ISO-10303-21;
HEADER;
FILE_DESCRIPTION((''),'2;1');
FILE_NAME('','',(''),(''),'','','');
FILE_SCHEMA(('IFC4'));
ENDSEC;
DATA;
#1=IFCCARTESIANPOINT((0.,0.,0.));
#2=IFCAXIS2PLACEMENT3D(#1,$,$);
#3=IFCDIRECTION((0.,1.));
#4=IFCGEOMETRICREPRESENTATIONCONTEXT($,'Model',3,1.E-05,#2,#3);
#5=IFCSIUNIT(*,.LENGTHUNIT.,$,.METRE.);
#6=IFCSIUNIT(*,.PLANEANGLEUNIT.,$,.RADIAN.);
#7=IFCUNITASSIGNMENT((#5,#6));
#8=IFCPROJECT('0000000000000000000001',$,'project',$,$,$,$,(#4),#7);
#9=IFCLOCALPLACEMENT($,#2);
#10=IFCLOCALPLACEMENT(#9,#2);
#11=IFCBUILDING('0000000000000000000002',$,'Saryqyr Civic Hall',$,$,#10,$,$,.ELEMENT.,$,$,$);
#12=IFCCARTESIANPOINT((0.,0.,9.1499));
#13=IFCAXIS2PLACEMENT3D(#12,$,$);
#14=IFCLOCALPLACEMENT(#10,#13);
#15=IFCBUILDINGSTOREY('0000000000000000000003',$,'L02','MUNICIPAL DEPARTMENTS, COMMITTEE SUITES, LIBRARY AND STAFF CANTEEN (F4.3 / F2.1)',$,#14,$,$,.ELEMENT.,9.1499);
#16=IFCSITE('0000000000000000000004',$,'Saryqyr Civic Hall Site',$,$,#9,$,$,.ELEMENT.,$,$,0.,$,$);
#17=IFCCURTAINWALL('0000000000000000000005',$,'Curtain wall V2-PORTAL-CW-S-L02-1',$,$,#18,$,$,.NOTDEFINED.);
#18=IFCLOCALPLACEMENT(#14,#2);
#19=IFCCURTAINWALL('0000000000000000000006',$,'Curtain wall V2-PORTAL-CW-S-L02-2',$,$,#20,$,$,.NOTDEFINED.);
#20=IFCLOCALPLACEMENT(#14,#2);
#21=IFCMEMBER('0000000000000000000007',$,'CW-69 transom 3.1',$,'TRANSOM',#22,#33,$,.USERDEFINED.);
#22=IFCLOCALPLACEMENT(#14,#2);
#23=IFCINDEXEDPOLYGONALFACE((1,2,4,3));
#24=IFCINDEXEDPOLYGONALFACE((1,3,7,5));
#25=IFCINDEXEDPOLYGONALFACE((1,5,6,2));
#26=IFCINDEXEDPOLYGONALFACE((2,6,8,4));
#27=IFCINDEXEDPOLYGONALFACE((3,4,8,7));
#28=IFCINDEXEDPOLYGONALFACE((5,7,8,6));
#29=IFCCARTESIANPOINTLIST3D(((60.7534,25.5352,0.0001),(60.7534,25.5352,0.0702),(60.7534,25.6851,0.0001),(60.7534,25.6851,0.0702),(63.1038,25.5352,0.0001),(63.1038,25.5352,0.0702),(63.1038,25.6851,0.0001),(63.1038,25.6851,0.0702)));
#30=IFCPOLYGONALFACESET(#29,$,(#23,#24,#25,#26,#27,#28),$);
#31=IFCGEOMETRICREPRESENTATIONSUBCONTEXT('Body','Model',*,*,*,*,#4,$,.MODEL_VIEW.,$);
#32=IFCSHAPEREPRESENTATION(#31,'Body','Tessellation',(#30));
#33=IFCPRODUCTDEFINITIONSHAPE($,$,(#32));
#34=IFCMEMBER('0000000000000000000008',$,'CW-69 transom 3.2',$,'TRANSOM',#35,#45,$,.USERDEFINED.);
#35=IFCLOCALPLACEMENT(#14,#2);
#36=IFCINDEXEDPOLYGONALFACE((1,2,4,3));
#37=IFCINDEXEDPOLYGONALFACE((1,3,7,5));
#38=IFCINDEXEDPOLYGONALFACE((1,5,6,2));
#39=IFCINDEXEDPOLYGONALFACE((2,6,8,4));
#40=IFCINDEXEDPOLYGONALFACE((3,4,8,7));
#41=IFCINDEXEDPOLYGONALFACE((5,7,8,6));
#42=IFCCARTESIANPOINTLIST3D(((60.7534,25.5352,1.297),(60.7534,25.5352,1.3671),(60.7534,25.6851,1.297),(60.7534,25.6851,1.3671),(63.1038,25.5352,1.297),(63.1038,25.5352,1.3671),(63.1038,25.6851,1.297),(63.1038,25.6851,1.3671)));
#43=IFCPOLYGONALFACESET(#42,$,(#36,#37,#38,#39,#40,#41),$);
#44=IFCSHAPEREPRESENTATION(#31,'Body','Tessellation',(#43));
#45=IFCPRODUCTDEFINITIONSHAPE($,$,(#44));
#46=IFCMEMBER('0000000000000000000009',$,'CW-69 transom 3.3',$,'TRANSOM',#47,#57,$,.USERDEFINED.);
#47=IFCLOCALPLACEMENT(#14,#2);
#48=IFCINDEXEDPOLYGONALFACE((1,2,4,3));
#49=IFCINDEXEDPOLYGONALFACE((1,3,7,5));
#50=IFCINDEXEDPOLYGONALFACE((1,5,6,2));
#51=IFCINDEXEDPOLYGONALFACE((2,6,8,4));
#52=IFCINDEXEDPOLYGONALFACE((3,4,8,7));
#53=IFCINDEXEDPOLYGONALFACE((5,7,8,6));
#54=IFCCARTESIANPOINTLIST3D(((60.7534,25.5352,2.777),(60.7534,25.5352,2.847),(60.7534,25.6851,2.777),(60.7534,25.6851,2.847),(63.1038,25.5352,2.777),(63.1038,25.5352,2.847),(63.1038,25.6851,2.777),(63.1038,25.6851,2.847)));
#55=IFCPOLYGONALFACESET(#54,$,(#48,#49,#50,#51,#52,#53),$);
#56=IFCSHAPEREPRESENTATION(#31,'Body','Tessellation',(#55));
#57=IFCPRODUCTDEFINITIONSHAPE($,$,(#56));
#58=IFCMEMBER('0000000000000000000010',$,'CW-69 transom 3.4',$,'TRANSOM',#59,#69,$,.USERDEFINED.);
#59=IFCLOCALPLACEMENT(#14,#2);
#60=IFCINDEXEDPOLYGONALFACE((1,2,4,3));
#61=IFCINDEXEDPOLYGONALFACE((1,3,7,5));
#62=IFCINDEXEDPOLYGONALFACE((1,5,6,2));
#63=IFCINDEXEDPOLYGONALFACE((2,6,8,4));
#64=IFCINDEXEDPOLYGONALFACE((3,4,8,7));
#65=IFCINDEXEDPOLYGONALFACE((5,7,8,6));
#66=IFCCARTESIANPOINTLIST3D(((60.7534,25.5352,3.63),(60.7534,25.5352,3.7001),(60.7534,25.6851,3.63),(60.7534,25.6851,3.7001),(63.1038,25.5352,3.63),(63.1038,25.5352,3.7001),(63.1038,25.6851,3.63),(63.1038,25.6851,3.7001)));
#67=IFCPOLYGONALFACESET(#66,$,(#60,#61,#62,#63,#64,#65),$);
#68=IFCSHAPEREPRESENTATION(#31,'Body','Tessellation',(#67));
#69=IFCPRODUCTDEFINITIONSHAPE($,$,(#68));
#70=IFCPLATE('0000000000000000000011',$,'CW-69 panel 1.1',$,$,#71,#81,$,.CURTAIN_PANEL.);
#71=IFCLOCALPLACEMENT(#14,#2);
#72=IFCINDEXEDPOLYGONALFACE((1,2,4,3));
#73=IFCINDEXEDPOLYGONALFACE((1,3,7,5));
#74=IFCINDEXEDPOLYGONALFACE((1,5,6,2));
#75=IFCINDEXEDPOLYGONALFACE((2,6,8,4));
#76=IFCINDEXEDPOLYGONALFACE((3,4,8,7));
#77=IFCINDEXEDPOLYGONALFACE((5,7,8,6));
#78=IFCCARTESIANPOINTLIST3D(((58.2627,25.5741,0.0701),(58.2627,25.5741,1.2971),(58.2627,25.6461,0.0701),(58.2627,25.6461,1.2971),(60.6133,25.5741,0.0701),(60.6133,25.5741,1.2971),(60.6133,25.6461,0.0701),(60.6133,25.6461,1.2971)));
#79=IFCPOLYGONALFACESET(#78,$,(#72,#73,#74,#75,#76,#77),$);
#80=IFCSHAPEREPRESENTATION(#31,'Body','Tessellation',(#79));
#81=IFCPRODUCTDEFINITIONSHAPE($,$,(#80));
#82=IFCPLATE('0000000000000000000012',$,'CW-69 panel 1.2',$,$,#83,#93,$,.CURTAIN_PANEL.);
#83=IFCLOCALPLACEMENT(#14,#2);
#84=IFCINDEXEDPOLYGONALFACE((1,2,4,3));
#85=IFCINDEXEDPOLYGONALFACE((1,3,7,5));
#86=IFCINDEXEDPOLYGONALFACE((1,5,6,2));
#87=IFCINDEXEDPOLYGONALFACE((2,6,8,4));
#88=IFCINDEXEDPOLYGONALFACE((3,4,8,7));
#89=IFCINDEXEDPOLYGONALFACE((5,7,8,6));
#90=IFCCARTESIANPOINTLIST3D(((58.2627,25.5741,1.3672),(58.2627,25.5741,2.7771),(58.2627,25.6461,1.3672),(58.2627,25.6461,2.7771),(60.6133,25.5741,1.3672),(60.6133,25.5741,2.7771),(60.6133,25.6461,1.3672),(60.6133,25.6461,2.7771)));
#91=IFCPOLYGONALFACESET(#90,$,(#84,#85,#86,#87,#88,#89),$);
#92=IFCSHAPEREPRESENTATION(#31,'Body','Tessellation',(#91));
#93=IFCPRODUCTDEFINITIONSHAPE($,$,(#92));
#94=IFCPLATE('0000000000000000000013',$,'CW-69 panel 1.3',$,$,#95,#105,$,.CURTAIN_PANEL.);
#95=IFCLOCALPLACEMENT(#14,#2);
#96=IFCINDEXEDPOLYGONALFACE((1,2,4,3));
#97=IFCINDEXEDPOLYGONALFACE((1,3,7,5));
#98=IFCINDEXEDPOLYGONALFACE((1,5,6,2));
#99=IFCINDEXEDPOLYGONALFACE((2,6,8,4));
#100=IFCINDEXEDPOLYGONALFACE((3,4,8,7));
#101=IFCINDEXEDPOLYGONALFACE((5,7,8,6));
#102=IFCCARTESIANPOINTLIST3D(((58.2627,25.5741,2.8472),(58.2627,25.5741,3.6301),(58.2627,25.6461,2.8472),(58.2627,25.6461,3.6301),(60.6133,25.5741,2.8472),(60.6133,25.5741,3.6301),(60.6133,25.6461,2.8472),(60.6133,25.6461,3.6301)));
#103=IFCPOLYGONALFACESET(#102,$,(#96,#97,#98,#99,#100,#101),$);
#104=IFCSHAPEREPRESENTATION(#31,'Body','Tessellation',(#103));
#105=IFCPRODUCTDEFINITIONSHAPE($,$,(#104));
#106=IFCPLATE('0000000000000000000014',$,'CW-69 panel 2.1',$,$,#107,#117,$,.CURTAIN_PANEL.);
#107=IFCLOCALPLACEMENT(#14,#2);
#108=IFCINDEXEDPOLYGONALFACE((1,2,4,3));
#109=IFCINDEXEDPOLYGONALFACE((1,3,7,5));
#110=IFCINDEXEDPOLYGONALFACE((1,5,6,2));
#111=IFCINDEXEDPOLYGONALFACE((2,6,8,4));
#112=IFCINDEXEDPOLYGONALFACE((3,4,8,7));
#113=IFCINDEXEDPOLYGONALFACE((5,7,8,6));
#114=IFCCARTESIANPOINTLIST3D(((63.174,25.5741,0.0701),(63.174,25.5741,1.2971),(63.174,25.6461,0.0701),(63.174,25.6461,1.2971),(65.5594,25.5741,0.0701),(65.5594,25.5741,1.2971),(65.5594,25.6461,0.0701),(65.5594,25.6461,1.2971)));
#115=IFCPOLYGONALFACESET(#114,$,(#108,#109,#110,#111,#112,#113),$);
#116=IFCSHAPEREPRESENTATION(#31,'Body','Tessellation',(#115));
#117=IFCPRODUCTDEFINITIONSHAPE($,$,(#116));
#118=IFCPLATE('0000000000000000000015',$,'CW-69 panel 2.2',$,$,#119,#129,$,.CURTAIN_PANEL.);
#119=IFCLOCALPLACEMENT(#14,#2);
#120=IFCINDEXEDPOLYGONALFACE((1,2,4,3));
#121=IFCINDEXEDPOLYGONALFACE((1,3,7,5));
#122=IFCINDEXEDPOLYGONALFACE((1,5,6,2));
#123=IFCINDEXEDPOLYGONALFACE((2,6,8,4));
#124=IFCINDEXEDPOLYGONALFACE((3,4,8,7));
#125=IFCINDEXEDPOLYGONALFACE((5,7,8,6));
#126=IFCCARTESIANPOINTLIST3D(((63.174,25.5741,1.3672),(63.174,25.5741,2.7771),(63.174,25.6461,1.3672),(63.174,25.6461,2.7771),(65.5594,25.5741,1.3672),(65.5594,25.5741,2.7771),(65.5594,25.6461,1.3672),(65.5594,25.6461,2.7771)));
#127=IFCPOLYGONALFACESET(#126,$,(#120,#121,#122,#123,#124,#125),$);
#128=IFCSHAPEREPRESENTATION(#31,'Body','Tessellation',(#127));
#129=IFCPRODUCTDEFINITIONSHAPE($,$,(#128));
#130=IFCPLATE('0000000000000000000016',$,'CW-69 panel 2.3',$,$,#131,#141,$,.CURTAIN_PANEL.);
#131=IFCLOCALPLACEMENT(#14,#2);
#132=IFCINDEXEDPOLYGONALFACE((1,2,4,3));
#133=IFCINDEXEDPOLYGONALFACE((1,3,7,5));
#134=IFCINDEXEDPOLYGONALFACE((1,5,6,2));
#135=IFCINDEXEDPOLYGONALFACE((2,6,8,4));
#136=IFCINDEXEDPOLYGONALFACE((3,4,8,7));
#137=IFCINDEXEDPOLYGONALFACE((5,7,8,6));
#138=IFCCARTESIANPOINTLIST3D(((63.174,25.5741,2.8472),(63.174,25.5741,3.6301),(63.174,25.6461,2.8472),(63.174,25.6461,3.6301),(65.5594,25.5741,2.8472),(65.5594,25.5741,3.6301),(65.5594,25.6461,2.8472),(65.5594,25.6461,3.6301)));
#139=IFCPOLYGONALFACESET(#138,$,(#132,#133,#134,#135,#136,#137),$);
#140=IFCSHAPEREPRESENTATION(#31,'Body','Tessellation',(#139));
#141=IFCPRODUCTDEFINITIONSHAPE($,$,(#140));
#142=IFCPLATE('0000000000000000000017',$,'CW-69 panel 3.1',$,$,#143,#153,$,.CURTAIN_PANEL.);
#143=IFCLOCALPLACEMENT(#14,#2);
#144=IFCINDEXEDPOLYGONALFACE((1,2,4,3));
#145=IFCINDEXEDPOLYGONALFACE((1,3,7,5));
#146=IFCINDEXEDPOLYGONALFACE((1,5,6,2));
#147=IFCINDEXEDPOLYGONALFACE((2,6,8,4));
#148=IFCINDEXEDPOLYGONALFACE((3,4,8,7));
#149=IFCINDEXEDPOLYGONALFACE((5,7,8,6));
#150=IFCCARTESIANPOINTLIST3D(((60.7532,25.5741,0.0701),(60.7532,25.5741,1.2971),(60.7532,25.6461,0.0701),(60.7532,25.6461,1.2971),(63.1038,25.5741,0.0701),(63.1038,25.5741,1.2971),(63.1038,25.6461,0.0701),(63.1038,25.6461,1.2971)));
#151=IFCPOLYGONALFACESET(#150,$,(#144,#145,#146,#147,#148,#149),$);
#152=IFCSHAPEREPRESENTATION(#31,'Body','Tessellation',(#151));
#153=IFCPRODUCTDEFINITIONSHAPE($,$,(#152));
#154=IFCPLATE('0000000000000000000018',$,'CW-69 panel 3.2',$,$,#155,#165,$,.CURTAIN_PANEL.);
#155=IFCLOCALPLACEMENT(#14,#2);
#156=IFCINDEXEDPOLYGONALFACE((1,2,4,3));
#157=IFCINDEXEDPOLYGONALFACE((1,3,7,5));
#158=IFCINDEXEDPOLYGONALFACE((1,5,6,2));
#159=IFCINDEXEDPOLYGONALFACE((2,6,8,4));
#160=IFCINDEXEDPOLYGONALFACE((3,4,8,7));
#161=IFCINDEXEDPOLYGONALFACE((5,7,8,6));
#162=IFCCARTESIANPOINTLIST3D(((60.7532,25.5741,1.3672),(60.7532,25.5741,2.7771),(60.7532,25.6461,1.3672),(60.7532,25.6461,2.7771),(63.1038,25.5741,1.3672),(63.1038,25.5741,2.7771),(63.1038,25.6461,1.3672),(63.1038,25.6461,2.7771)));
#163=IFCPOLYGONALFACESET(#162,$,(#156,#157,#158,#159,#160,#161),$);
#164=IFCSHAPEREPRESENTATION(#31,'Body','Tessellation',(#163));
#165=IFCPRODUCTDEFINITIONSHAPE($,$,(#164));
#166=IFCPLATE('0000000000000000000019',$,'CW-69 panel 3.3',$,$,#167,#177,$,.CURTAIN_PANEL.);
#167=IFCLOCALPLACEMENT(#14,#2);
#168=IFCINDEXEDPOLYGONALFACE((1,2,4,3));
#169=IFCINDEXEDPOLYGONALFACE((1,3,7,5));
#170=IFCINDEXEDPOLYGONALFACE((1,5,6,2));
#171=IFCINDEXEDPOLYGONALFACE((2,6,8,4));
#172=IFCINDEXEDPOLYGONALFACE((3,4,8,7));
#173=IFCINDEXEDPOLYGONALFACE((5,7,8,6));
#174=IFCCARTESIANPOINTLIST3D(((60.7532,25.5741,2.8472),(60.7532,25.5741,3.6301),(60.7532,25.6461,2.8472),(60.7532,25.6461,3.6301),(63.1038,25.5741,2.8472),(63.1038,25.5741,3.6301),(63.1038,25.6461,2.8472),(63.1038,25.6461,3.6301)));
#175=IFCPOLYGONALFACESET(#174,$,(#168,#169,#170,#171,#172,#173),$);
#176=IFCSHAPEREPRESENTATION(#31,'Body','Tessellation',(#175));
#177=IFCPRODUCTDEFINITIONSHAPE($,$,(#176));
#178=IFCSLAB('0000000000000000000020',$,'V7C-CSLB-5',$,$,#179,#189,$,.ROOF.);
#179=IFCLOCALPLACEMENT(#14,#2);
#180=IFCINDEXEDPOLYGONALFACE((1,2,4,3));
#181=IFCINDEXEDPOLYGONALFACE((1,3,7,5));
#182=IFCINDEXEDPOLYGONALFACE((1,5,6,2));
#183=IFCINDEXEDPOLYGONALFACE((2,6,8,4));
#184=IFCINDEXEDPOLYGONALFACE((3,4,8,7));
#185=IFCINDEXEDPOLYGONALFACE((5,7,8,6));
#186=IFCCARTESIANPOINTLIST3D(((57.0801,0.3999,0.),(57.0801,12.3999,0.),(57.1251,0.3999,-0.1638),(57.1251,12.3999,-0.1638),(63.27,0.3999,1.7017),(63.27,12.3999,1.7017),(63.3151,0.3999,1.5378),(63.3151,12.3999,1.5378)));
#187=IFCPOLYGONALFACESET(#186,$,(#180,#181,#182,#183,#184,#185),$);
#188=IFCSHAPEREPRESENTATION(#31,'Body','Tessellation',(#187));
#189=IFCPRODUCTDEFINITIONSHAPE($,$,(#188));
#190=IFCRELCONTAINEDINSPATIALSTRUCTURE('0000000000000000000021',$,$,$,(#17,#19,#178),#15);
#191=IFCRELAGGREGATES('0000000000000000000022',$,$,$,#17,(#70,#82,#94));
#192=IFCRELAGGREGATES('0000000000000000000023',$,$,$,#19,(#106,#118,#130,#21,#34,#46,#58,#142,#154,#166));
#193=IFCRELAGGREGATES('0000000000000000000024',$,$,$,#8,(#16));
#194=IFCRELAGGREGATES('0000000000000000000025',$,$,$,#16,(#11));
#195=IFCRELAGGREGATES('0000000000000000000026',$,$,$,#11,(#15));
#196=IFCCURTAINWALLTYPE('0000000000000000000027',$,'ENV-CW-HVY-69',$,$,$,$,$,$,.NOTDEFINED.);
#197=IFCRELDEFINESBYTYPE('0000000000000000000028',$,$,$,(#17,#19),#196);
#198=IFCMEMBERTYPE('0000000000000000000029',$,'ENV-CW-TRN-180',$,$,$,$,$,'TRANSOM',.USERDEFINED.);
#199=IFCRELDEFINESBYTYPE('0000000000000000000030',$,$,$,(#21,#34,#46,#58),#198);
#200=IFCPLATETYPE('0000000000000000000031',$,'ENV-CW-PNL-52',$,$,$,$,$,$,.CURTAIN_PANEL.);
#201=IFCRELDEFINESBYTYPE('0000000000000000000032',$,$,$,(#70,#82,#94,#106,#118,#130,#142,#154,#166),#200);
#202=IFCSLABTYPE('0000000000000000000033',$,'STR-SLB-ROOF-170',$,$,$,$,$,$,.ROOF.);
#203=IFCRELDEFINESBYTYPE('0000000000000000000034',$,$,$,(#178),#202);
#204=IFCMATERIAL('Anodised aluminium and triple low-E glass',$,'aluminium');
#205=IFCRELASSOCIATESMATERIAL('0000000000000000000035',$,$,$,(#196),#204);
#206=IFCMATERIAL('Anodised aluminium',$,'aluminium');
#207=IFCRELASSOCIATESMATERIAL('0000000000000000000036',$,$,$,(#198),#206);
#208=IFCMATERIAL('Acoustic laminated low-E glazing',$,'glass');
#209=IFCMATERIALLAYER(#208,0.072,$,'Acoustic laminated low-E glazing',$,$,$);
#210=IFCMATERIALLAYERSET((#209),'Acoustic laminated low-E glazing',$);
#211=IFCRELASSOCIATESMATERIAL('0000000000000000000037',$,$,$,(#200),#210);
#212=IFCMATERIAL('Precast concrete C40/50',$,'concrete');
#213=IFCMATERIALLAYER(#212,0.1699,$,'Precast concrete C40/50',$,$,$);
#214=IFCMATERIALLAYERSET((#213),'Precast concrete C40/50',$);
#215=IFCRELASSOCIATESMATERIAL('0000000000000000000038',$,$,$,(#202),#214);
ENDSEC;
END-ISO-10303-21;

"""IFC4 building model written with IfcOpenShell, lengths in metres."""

from ifc_helpers import new_model, si_unit, direction, frame, origin, origin_2d, place, context, subcontext, project, spatial, polyline, rectangle, outline, extrude, material, layer, layer_set, material_profile, profile_set, type_object, element, aggregate, save


model = new_model("IFC4")

# Units and contexts
model_context = context("Model", 3, precision=1e-05, world=origin(), true_north=direction((0.0, 1.0)))
body_context = subcontext(model_context, "Body", "Model", "MODEL_VIEW")
ifc_project = project(units=[si_unit("LENGTHUNIT", "METRE"), si_unit("PLANEANGLEUNIT", "RADIAN")], contexts=[model_context])

# Site, building, storey
site_placement = place(None, origin())
site = spatial("IfcSite", under=ifc_project, at=site_placement, Name="Saryqyr Civic Hall Site", CompositionType="ELEMENT", RefElevation=0.0)
building_placement = place(site_placement, origin())
building = spatial("IfcBuilding", under=site, at=building_placement, Name="Saryqyr Civic Hall", CompositionType="ELEMENT")
storey_placement = place(building_placement, frame((0.0, 0.0, 9.1499)))
storey = spatial("IfcBuildingStorey", under=building, at=storey_placement, Name="L02", Description="MUNICIPAL DEPARTMENTS, COMMITTEE SUITES, LIBRARY AND STAFF CANTEEN (F4.3 / F2.1)", CompositionType="ELEMENT", Elevation=9.1499)

# Curtain walls
ifc_material_1 = material(Name="Anodised aluminium and triple low-E glass", Category="aluminium")
curtain_wall_type = type_object("IfcCurtainWallType", Name="ENV-CW-HVY-69", PredefinedType="NOTDEFINED", material=ifc_material_1)
curtain_wall_1_placement = place(storey_placement, origin())
curtain_wall_1 = element("IfcCurtainWall", 1, at=curtain_wall_1_placement, inside=storey, type_object=curtain_wall_type, Name="Curtain wall V2-PORTAL-CW-S-L02-1", PredefinedType="NOTDEFINED")
ifc_material_2 = material(Name="Anodised aluminium", Category="aluminium")
curtain_wall_2_placement = place(storey_placement, origin())
curtain_wall_2 = element("IfcCurtainWall", 2, at=curtain_wall_2_placement, inside=storey, type_object=curtain_wall_type, Name="Curtain wall V2-PORTAL-CW-S-L02-2", PredefinedType="NOTDEFINED")

# Members
ifc_material_profile_1 = material_profile(ifc_material_2, rectangle(XDim=0.1499, YDim=0.0701, at=origin_2d()), Name="ALU TRANSOM 150x70")
ifc_profile_set_1 = profile_set([ifc_material_profile_1], Name="Anodised aluminium")
member_type_1 = type_object("IfcMemberType", Name="ENV-CW-TRN-180", ElementType="TRANSOM", PredefinedType="USERDEFINED", material=ifc_profile_set_1)
member_1_placement = place(storey_placement, frame((63.1038, 25.6101, 0.0352), z_axis=(-1.0, 0.0, 0.0), x_axis=(0.0, -1.0, 0.0)))
member_1 = element("IfcMember", 3, at=member_1_placement, type_object=member_type_1, Name="CW-69 transom 3.1", ObjectType="TRANSOM", PredefinedType="USERDEFINED", context=body_context, shape_type="SweptSolid", body=[
    extrude(rectangle(XDim=0.1499, YDim=0.0701, at=origin_2d()), origin(), (0.0, 0.0, 1.0), 2.3503),
])
member_2_placement = place(storey_placement, frame((63.1038, 25.6101, 1.332), z_axis=(-1.0, 0.0, 0.0), x_axis=(0.0, -1.0, 0.0)))
member_2 = element("IfcMember", 4, at=member_2_placement, type_object=member_type_1, Name="CW-69 transom 3.2", ObjectType="TRANSOM", PredefinedType="USERDEFINED", context=body_context, shape_type="SweptSolid", body=[
    extrude(rectangle(XDim=0.1499, YDim=0.0701, at=origin_2d()), origin(), (0.0, 0.0, 1.0), 2.3503),
])
member_3_placement = place(storey_placement, frame((63.1038, 25.6101, 2.812), z_axis=(-1.0, 0.0, 0.0), x_axis=(0.0, -1.0, 0.0)))
member_3 = element("IfcMember", 5, at=member_3_placement, type_object=member_type_1, Name="CW-69 transom 3.3", ObjectType="TRANSOM", PredefinedType="USERDEFINED", context=body_context, shape_type="SweptSolid", body=[
    extrude(rectangle(XDim=0.1499, YDim=0.0701, at=origin_2d()), origin(), (0.0, 0.0, 1.0), 2.3503),
])
member_4_placement = place(storey_placement, frame((63.1038, 25.6101, 3.665), z_axis=(-1.0, 0.0, 0.0), x_axis=(0.0, -1.0, 0.0)))
member_4 = element("IfcMember", 6, at=member_4_placement, type_object=member_type_1, Name="CW-69 transom 3.4", ObjectType="TRANSOM", PredefinedType="USERDEFINED", context=body_context, shape_type="SweptSolid", body=[
    extrude(rectangle(XDim=0.1499, YDim=0.0701, at=origin_2d()), origin(), (0.0, 0.0, 1.0), 2.3503),
])

# Plates
ifc_material_3 = material(Name="Acoustic laminated low-E glazing", Category="glass")
ifc_layer_1 = layer(ifc_material_3, 0.072, Name="Acoustic laminated low-E glazing")
ifc_layer_set_1 = layer_set([ifc_layer_1], Name="Acoustic laminated low-E glazing")
plate_type = type_object("IfcPlateType", Name="ENV-CW-PNL-52", PredefinedType="CURTAIN_PANEL", material=ifc_layer_set_1)
plate_1_placement = place(storey_placement, frame((59.438, 25.6101, 0.0701), z_axis=(0.0, 0.0, 1.0), x_axis=(-1.0, 0.0, 0.0)))
plate_1 = element("IfcPlate", 7, at=plate_1_placement, type_object=plate_type, Name="CW-69 panel 1.1", PredefinedType="CURTAIN_PANEL", context=body_context, shape_type="SweptSolid", body=[
    extrude(rectangle(XDim=2.3506, YDim=0.072, at=origin_2d()), origin(), (0.0, 0.0, 1.0), 1.2271),
])
plate_2_placement = place(storey_placement, frame((59.438, 25.6101, 1.3672), z_axis=(0.0, 0.0, 1.0), x_axis=(-1.0, 0.0, 0.0)))
plate_2 = element("IfcPlate", 8, at=plate_2_placement, type_object=plate_type, Name="CW-69 panel 1.2", PredefinedType="CURTAIN_PANEL", context=body_context, shape_type="SweptSolid", body=[
    extrude(rectangle(XDim=2.3506, YDim=0.072, at=origin_2d()), origin(), (0.0, 0.0, 1.0), 1.4099),
])
plate_3_placement = place(storey_placement, frame((59.438, 25.6101, 2.8472), z_axis=(0.0, 0.0, 1.0), x_axis=(-1.0, 0.0, 0.0)))
plate_3 = element("IfcPlate", 9, at=plate_3_placement, type_object=plate_type, Name="CW-69 panel 1.3", PredefinedType="CURTAIN_PANEL", context=body_context, shape_type="SweptSolid", body=[
    extrude(rectangle(XDim=2.3506, YDim=0.072, at=origin_2d()), origin(), (0.0, 0.0, 1.0), 0.783),
])
aggregate(curtain_wall_1, [plate_1, plate_2, plate_3])
plate_4_placement = place(storey_placement, frame((64.3667, 25.6101, 0.0701), z_axis=(0.0, 0.0, 1.0), x_axis=(-1.0, 0.0, 0.0)))
plate_4 = element("IfcPlate", 10, at=plate_4_placement, type_object=plate_type, Name="CW-69 panel 2.1", PredefinedType="CURTAIN_PANEL", context=body_context, shape_type="SweptSolid", body=[
    extrude(rectangle(XDim=2.3855, YDim=0.072, at=origin_2d()), origin(), (0.0, 0.0, 1.0), 1.2271),
])
plate_5_placement = place(storey_placement, frame((64.3667, 25.6101, 1.3672), z_axis=(0.0, 0.0, 1.0), x_axis=(-1.0, 0.0, 0.0)))
plate_5 = element("IfcPlate", 11, at=plate_5_placement, type_object=plate_type, Name="CW-69 panel 2.2", PredefinedType="CURTAIN_PANEL", context=body_context, shape_type="SweptSolid", body=[
    extrude(rectangle(XDim=2.3855, YDim=0.072, at=origin_2d()), origin(), (0.0, 0.0, 1.0), 1.4099),
])
plate_6_placement = place(storey_placement, frame((64.3667, 25.6101, 2.8472), z_axis=(0.0, 0.0, 1.0), x_axis=(-1.0, 0.0, 0.0)))
plate_6 = element("IfcPlate", 12, at=plate_6_placement, type_object=plate_type, Name="CW-69 panel 2.3", PredefinedType="CURTAIN_PANEL", context=body_context, shape_type="SweptSolid", body=[
    extrude(rectangle(XDim=2.3855, YDim=0.072, at=origin_2d()), origin(), (0.0, 0.0, 1.0), 0.783),
])
plate_7_placement = place(storey_placement, frame((61.9285, 25.6101, 0.0701), z_axis=(0.0, 0.0, 1.0), x_axis=(-1.0, 0.0, 0.0)))
plate_7 = element("IfcPlate", 13, at=plate_7_placement, type_object=plate_type, Name="CW-69 panel 3.1", PredefinedType="CURTAIN_PANEL", context=body_context, shape_type="SweptSolid", body=[
    extrude(rectangle(XDim=2.3506, YDim=0.072, at=origin_2d()), origin(), (0.0, 0.0, 1.0), 1.2271),
])
plate_8_placement = place(storey_placement, frame((61.9285, 25.6101, 1.3672), z_axis=(0.0, 0.0, 1.0), x_axis=(-1.0, 0.0, 0.0)))
plate_8 = element("IfcPlate", 14, at=plate_8_placement, type_object=plate_type, Name="CW-69 panel 3.2", PredefinedType="CURTAIN_PANEL", context=body_context, shape_type="SweptSolid", body=[
    extrude(rectangle(XDim=2.3506, YDim=0.072, at=origin_2d()), origin(), (0.0, 0.0, 1.0), 1.4099),
])
plate_9_placement = place(storey_placement, frame((61.9285, 25.6101, 2.8472), z_axis=(0.0, 0.0, 1.0), x_axis=(-1.0, 0.0, 0.0)))
plate_9 = element("IfcPlate", 15, at=plate_9_placement, type_object=plate_type, Name="CW-69 panel 3.3", PredefinedType="CURTAIN_PANEL", context=body_context, shape_type="SweptSolid", body=[
    extrude(rectangle(XDim=2.3506, YDim=0.072, at=origin_2d()), origin(), (0.0, 0.0, 1.0), 0.783),
])
aggregate(curtain_wall_2, [plate_4, plate_5, plate_6, member_1, member_2, member_3, member_4, plate_7, plate_8, plate_9])

# Slab
ifc_material_4 = material(Name="Precast concrete C40/50", Category="concrete")
ifc_layer_2 = layer(ifc_material_4, 0.1699, Name="Precast concrete C40/50")
ifc_layer_set_2 = layer_set([ifc_layer_2], Name="Precast concrete C40/50")
slab_type = type_object("IfcSlabType", Name="STR-SLB-ROOF-170", PredefinedType="ROOF", material=ifc_layer_set_2)
slab_1_placement = place(storey_placement, frame((57.0801, 0.3999, 0.0), z_axis=(-0.265073, 0.0, 0.964228), x_axis=(0.964228, 0.0, 0.265073)))
element("IfcSlab", 16, at=slab_1_placement, inside=storey, type_object=slab_type, Name="V7C-CSLB-5", PredefinedType="ROOF", context=body_context, shape_type="SweptSolid", body=[
    extrude(outline(polyline([(0.0, 0.0), (6.4196, 0.0), (6.4196, 12.0), (0.0, 12.0), (0.0, 0.0)])), origin(), (0.0, 0.0, -1.0), 0.1699),
])

save(model, "model.ifc")
